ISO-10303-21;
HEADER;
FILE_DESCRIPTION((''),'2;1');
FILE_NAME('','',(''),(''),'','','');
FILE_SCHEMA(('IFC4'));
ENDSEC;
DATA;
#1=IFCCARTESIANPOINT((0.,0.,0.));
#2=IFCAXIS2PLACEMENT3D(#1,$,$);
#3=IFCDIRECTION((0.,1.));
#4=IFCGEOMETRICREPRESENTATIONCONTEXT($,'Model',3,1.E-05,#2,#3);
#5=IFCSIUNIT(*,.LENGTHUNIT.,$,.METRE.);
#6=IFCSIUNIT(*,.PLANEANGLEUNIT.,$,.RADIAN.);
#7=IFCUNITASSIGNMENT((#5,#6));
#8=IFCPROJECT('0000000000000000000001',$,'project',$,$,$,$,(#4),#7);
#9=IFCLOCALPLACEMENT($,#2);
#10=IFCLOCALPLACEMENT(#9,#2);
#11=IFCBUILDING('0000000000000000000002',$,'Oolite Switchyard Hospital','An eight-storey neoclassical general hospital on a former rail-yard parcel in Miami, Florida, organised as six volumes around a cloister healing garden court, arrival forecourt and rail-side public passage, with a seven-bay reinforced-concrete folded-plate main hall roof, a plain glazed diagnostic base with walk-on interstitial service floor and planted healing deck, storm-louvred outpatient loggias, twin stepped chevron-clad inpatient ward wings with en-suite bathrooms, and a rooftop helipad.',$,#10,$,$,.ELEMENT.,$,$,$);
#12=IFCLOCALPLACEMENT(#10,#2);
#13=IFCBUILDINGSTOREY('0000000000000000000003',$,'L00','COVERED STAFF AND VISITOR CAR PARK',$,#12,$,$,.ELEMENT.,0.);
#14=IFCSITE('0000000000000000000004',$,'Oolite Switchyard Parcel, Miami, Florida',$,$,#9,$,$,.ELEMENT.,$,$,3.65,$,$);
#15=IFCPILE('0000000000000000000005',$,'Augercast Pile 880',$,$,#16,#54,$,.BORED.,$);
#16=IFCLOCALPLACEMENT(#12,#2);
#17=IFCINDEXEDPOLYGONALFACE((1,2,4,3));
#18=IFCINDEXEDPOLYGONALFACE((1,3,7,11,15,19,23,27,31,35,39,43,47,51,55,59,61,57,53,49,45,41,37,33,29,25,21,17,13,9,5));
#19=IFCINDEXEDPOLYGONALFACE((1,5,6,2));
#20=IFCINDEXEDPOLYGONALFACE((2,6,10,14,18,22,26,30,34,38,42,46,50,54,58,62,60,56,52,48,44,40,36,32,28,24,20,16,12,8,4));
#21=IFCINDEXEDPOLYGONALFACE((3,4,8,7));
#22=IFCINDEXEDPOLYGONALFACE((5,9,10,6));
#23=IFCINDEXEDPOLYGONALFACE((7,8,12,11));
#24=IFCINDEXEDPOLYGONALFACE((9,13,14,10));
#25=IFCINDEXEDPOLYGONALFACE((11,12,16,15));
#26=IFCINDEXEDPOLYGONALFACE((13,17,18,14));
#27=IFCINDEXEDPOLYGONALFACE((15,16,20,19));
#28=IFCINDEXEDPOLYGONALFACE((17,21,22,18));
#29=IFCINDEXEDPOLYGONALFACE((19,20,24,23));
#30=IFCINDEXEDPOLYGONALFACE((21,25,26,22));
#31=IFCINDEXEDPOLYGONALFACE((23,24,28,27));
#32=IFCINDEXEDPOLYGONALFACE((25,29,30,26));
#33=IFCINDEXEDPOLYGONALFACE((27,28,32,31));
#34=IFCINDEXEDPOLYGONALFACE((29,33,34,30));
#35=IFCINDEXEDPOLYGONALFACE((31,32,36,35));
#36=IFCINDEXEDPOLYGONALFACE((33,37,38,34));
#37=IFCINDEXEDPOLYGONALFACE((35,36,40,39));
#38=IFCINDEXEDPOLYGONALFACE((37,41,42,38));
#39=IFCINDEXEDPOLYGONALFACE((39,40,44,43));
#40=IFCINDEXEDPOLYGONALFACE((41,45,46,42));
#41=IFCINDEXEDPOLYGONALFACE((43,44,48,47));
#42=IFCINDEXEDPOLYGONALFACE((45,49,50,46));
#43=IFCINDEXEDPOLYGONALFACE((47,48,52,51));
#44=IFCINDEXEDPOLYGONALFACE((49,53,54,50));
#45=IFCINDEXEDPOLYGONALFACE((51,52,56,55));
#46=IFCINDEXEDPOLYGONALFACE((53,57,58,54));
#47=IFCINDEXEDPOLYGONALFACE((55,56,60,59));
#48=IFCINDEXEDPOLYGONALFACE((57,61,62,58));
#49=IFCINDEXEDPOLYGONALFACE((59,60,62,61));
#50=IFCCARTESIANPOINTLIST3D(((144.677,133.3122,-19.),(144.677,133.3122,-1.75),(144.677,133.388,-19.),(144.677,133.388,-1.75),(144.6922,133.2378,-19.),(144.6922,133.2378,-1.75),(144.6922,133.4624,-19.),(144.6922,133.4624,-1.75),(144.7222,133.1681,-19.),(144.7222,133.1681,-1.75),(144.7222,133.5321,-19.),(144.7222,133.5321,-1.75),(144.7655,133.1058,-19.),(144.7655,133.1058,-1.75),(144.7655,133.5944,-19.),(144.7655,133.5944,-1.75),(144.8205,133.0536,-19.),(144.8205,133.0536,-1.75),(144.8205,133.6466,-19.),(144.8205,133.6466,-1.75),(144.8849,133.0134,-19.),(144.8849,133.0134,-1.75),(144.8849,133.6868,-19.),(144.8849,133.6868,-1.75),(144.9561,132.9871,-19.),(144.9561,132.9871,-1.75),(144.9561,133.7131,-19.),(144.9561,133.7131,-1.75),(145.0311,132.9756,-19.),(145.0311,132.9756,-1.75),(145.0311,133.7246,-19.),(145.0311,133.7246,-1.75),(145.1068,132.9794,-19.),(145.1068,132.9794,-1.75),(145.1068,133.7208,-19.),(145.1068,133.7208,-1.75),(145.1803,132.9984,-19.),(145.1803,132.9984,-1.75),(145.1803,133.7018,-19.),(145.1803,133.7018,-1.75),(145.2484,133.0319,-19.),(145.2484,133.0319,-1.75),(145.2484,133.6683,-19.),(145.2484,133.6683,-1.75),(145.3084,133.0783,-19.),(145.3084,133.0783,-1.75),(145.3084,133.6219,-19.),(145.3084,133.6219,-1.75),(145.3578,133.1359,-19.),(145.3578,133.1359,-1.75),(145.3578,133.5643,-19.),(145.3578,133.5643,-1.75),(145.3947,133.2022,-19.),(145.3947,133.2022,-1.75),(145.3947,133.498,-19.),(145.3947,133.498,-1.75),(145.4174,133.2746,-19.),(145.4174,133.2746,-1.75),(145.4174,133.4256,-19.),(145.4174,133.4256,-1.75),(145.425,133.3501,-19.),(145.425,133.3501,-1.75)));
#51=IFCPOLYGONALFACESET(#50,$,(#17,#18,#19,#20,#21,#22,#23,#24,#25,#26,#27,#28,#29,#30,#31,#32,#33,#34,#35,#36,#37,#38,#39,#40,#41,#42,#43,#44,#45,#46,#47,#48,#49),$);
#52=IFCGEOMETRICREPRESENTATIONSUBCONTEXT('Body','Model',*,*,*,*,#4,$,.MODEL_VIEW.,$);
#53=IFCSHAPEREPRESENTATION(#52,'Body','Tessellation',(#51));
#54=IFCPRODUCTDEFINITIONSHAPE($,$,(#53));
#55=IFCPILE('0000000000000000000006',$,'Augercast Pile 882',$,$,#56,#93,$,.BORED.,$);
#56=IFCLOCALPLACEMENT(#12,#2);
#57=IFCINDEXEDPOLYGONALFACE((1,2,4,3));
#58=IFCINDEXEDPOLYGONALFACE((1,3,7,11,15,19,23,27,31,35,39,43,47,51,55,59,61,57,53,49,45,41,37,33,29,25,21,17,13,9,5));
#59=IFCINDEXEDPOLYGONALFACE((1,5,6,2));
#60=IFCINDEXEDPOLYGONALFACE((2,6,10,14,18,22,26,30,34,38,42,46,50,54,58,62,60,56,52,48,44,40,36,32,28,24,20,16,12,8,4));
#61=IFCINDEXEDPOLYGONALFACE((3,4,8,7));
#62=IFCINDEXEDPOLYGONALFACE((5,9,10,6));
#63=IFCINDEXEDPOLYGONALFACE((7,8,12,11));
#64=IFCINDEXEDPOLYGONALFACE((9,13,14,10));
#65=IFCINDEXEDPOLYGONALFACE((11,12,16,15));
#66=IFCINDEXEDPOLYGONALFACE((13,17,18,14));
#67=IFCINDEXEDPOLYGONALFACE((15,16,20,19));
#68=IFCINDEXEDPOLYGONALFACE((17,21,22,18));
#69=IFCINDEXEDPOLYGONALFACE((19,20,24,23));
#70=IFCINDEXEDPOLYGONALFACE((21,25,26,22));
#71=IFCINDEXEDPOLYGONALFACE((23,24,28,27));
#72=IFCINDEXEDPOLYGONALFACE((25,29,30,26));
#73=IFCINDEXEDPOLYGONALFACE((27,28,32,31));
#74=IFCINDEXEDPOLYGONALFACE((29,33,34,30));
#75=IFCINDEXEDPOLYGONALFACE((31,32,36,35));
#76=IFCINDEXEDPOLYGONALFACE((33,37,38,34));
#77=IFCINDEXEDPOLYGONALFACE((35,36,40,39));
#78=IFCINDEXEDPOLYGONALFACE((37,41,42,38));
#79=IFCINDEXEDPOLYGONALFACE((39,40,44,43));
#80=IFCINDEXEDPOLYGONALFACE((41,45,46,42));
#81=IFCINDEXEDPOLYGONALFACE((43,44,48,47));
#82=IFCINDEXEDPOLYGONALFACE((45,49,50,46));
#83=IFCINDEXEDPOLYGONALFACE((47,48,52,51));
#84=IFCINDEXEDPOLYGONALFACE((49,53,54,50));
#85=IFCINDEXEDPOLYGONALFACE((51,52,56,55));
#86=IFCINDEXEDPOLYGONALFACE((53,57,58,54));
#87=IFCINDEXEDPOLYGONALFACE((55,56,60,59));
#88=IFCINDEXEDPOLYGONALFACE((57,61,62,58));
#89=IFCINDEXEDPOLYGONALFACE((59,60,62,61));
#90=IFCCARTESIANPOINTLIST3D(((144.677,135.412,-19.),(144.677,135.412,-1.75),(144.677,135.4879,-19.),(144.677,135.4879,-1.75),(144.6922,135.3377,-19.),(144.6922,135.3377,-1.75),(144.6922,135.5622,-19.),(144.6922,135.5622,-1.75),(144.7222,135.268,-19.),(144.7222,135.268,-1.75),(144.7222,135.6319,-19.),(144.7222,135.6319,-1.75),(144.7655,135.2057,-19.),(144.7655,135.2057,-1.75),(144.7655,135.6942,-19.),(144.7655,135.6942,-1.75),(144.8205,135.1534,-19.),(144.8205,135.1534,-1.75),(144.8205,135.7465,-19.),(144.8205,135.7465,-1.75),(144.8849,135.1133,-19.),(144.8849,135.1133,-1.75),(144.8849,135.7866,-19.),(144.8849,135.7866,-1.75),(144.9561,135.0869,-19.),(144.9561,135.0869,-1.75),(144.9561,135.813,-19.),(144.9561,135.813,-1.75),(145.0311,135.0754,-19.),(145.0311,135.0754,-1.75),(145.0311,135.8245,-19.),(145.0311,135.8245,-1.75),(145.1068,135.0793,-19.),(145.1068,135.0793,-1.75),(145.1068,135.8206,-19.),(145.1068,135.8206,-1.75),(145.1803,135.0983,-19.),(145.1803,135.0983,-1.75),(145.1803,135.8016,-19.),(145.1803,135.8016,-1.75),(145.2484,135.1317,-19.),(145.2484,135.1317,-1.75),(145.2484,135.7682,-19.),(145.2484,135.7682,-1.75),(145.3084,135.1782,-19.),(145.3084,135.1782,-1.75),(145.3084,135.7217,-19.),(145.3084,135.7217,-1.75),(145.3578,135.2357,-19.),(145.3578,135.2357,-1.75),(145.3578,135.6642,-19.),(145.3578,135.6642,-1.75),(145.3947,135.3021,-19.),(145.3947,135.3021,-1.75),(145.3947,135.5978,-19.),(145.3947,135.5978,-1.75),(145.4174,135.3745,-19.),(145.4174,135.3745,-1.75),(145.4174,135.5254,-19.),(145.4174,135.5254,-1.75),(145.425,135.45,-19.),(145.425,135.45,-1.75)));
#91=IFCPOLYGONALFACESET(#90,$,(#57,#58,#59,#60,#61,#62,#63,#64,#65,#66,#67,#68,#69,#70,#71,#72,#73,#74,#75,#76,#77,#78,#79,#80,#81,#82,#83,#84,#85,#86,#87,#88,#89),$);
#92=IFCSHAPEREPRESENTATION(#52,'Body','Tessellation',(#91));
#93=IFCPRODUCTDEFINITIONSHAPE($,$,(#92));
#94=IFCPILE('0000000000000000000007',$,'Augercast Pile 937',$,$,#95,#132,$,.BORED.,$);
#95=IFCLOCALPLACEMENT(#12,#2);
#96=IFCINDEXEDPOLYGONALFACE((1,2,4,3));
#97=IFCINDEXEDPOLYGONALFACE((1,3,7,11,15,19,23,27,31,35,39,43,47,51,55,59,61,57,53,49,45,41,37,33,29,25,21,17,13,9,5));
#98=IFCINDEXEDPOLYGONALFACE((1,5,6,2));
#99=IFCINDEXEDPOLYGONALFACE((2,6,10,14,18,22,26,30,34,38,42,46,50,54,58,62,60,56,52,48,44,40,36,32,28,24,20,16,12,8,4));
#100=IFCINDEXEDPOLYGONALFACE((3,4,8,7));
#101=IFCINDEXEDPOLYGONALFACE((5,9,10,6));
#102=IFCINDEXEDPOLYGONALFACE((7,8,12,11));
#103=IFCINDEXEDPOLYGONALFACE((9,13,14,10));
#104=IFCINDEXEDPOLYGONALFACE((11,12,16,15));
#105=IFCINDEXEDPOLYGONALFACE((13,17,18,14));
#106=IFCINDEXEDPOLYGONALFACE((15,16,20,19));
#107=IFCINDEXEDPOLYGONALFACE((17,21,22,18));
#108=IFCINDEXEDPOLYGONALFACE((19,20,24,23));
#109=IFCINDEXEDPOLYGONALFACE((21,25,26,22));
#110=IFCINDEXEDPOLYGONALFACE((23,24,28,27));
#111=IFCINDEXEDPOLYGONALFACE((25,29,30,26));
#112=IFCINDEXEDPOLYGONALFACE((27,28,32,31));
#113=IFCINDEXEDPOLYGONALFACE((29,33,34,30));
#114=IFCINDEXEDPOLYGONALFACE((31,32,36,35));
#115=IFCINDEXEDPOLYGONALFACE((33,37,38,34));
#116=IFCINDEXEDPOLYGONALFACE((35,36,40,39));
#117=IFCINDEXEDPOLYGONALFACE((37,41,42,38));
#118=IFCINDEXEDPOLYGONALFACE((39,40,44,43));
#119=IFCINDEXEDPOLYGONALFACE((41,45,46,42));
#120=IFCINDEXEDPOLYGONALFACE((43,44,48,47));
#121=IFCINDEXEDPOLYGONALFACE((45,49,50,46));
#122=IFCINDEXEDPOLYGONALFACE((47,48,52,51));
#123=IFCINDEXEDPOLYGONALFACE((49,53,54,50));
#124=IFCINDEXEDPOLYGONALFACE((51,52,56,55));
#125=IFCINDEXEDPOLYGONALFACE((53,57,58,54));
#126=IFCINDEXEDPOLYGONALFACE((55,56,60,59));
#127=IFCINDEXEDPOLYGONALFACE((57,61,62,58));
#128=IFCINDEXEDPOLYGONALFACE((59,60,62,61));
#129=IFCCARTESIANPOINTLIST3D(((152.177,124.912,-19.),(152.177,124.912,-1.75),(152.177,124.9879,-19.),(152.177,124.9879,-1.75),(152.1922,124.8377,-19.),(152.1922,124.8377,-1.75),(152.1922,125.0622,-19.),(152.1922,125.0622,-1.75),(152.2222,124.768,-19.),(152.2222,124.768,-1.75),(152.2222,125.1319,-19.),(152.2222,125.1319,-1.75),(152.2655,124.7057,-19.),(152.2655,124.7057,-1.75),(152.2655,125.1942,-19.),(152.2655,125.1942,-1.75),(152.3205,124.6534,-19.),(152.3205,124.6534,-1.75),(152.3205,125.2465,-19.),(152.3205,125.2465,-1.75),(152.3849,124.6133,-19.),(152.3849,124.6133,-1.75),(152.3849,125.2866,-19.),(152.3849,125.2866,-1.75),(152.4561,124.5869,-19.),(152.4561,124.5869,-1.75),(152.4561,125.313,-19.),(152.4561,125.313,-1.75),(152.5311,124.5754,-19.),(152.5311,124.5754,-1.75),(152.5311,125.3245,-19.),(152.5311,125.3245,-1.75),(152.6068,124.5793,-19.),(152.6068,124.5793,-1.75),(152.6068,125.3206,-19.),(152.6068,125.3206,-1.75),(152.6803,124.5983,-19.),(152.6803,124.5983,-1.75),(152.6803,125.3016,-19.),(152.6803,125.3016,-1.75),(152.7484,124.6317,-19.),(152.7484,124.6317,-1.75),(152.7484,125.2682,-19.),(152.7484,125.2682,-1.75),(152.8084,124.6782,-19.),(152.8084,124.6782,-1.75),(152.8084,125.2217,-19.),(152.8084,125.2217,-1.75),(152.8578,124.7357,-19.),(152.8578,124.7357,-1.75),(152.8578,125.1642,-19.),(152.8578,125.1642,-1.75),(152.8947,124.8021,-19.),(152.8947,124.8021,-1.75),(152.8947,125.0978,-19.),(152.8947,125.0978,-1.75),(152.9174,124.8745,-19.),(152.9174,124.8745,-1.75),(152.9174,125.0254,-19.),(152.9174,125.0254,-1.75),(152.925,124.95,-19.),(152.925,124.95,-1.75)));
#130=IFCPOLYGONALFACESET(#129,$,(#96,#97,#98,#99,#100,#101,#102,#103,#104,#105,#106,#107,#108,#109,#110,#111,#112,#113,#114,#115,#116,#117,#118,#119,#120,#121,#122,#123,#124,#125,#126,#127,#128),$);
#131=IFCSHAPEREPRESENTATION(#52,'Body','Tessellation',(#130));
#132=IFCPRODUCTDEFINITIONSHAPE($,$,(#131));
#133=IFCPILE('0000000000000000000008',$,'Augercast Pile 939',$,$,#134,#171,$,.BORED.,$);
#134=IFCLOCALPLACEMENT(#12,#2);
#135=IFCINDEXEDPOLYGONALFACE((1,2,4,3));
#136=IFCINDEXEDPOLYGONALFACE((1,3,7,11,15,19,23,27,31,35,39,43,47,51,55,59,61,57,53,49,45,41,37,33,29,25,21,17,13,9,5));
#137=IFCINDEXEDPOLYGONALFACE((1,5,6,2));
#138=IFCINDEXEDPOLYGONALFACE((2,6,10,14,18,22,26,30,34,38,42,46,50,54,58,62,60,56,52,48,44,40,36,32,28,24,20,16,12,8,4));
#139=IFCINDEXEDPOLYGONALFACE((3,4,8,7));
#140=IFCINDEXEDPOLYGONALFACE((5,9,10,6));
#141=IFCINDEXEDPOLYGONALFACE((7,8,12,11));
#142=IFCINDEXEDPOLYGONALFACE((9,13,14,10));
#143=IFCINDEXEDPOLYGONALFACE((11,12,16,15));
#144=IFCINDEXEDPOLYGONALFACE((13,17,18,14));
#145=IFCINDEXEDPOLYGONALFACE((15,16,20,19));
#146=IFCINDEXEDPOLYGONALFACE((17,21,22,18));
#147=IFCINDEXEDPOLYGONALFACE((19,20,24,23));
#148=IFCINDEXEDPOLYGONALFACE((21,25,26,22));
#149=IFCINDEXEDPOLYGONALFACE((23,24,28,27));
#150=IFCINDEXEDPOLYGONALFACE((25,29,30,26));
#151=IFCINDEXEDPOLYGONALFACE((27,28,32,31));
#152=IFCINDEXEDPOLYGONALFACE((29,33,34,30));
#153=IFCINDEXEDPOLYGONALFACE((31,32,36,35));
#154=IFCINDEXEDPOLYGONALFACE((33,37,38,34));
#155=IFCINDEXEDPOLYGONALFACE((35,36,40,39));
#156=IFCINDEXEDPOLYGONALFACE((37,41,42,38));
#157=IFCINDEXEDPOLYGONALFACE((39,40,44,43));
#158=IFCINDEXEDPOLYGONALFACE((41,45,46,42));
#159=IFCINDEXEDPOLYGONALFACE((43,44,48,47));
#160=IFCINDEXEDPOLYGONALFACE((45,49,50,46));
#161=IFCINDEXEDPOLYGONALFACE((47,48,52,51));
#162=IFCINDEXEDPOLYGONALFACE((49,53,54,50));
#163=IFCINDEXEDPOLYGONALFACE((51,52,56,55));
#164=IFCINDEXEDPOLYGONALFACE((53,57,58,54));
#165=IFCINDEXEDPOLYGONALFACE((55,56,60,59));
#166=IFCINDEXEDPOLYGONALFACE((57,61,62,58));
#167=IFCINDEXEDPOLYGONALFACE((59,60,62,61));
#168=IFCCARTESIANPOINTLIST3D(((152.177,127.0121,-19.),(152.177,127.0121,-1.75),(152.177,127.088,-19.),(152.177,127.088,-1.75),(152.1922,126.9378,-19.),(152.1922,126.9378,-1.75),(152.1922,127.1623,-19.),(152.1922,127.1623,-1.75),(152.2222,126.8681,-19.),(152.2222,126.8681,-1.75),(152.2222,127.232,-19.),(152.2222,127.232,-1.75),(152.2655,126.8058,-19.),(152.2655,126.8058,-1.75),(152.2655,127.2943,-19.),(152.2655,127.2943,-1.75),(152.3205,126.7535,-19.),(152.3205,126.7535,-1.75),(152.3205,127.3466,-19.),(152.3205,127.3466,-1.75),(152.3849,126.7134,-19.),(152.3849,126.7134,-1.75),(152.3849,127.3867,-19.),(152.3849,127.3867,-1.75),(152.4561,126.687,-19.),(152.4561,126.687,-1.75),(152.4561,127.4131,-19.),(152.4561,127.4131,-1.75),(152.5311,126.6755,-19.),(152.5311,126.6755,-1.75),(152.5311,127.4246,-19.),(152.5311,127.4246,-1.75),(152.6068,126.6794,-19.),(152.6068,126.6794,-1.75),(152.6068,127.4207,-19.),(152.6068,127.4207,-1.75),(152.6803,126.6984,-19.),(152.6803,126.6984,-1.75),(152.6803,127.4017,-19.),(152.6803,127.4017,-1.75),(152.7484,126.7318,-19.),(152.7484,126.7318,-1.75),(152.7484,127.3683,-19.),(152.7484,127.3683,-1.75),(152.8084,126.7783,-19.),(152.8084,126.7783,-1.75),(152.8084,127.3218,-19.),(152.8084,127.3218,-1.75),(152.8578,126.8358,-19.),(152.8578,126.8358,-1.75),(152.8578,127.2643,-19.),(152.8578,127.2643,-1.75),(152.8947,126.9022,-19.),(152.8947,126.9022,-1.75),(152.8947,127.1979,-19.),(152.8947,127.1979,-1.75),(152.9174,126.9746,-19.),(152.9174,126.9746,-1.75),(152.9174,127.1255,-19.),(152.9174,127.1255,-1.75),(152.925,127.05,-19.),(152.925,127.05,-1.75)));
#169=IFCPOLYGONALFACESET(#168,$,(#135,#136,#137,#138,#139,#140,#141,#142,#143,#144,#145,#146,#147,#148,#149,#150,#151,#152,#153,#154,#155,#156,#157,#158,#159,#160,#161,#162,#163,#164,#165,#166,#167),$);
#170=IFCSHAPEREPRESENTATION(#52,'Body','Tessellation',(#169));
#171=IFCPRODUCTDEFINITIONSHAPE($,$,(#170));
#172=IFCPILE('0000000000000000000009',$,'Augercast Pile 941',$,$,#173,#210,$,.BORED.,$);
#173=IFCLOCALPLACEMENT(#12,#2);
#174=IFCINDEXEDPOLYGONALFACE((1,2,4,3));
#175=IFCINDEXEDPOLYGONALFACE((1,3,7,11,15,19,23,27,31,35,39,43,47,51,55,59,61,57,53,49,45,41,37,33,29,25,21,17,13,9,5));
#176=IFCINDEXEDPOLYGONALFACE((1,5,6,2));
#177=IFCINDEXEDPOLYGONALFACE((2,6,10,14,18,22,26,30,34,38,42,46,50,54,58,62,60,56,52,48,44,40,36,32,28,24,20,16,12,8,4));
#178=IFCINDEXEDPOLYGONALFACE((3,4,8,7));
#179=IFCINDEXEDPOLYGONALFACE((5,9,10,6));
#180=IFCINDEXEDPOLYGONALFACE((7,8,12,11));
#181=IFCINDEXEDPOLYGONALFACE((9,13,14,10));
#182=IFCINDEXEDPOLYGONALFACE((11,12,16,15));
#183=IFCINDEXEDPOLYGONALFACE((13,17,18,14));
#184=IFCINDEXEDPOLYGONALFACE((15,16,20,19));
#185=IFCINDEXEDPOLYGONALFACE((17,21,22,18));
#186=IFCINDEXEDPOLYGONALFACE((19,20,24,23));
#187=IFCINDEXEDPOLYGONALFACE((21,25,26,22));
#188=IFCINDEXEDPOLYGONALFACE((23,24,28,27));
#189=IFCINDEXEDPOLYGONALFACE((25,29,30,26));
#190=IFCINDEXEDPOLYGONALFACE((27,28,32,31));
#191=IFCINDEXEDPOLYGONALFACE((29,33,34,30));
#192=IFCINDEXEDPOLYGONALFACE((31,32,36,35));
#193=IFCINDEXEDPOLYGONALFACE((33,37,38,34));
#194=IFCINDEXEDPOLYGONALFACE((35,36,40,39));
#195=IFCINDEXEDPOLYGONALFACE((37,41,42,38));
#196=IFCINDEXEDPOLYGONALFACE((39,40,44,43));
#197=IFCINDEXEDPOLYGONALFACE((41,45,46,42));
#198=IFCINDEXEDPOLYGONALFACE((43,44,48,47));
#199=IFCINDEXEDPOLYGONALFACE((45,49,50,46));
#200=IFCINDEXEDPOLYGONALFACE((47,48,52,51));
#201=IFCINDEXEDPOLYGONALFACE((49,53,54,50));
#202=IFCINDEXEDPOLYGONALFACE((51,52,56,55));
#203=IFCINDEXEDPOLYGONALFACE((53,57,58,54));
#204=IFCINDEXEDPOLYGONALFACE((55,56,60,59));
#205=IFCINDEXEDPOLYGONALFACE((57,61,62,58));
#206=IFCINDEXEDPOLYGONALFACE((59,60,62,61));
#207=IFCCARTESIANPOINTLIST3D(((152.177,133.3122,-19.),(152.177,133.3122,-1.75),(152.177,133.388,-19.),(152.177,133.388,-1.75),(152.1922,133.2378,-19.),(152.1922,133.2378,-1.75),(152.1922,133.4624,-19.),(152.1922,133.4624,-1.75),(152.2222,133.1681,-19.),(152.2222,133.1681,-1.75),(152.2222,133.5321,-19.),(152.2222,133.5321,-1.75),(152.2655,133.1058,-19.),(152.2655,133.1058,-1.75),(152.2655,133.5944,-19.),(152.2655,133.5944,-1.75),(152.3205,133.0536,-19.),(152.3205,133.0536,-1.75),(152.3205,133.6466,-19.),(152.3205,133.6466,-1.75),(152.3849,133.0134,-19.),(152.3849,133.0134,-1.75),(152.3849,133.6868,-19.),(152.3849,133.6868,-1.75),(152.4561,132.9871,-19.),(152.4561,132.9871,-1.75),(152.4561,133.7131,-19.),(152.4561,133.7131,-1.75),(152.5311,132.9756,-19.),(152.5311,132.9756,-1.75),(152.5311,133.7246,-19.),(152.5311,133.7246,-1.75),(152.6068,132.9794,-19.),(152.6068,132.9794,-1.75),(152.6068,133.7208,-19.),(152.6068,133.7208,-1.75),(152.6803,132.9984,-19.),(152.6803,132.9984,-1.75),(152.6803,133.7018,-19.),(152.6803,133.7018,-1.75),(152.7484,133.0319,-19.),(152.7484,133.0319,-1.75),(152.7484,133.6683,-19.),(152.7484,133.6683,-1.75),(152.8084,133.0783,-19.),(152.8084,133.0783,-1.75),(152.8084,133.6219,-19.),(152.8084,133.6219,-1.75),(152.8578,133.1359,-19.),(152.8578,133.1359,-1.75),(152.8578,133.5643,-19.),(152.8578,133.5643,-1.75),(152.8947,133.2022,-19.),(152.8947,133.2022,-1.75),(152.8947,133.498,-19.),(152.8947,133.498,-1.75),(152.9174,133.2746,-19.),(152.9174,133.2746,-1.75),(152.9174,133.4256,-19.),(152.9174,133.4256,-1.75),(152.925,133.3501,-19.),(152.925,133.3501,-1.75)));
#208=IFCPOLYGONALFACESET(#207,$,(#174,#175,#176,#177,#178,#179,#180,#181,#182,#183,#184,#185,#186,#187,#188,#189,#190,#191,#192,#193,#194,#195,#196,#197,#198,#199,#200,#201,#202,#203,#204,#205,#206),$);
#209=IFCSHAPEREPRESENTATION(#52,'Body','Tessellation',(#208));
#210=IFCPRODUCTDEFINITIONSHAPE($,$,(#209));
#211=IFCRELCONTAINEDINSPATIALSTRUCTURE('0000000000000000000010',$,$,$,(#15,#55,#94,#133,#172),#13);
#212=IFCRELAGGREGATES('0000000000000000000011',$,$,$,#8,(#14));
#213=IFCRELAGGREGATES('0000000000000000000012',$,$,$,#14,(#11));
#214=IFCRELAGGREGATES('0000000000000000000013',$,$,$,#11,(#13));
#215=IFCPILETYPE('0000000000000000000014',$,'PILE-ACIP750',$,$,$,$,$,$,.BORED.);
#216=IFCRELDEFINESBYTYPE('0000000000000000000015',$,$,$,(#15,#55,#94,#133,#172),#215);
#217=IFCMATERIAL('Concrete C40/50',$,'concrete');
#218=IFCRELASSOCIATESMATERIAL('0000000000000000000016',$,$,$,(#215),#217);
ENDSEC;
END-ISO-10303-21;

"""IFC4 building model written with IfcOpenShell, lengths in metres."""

from ifc_helpers import new_model, si_unit, direction, frame, origin, origin_2d, place, context, subcontext, project, spatial, circle, extrude, material, material_profile, profile_set, type_object, element, save


model = new_model("IFC4")

# Units and contexts
model_context = context("Model", 3, precision=1e-05, world=origin(), true_north=direction((0.0, 1.0)))
body_context = subcontext(model_context, "Body", "Model", "MODEL_VIEW")
ifc_project = project(units=[si_unit("LENGTHUNIT", "METRE"), si_unit("PLANEANGLEUNIT", "RADIAN")], contexts=[model_context])

# Site, building, storey
site_placement = place(None, origin())
site = spatial("IfcSite", under=ifc_project, at=site_placement, Name="Oolite Switchyard Parcel, Miami, Florida", CompositionType="ELEMENT", RefElevation=3.65)
building_placement = place(site_placement, origin())
building = spatial("IfcBuilding", under=site, at=building_placement, Name="Oolite Switchyard Hospital", Description="An eight-storey neoclassical general hospital on a former rail-yard parcel in Miami, Florida, organised as six volumes around a cloister healing garden court, arrival forecourt and rail-side public passage, with a seven-bay reinforced-concrete folded-plate main hall roof, a plain glazed diagnostic base with walk-on interstitial service floor and planted healing deck, storm-louvred outpatient loggias, twin stepped chevron-clad inpatient ward wings with en-suite bathrooms, and a rooftop helipad.", CompositionType="ELEMENT")
storey_placement = place(building_placement, origin())
storey = spatial("IfcBuildingStorey", under=building, at=storey_placement, Name="L00", Description="COVERED STAFF AND VISITOR CAR PARK", CompositionType="ELEMENT", Elevation=0.0)

# Shared definitions
ifc_material_1 = material(Name="Concrete C40/50", Category="concrete")

# Piles
ifc_material_profile_1 = material_profile(ifc_material_1, circle(Radius=0.375, at=origin_2d()), Name="PILE750")
ifc_profile_set_1 = profile_set([ifc_material_profile_1], Name="Concrete C40/50")
pile_type = type_object("IfcPileType", Name="PILE-ACIP750", PredefinedType="BORED", material=ifc_profile_set_1)
for number, where, z_axis, x_axis, name in (
    (1, (145.05, 133.3501, -1.75), (0.0, 0.0, -1.0), (1.0, 0.0, 0.0), "Augercast Pile 880"),
    (2, (145.05, 135.45, -1.75), (0.0, 0.0, -1.0), (1.0, 0.0, 0.0), "Augercast Pile 882"),
    (3, (152.55, 124.95, -1.75), (0.0, 0.0, -1.0), (1.0, 0.0, 0.0), "Augercast Pile 937"),
    (4, (152.55, 127.05, -1.75), (0.0, 0.0, -1.0), (1.0, 0.0, 0.0), "Augercast Pile 939"),
    (5, (152.55, 133.3501, -1.75), (0.0, 0.0, -1.0), (1.0, 0.0, 0.0), "Augercast Pile 941"),
):
    element("IfcPile", number, at=place(storey_placement, frame(where, z_axis=z_axis, x_axis=x_axis)), inside=storey, type_object=pile_type, Name=name, PredefinedType="BORED", context=body_context, shape_type="SweptSolid", body=[
        extrude(circle(Radius=0.375, at=origin_2d()), origin(), (0.0, 0.0, 1.0), 17.25),
    ])

save(model, "model.ifc")
